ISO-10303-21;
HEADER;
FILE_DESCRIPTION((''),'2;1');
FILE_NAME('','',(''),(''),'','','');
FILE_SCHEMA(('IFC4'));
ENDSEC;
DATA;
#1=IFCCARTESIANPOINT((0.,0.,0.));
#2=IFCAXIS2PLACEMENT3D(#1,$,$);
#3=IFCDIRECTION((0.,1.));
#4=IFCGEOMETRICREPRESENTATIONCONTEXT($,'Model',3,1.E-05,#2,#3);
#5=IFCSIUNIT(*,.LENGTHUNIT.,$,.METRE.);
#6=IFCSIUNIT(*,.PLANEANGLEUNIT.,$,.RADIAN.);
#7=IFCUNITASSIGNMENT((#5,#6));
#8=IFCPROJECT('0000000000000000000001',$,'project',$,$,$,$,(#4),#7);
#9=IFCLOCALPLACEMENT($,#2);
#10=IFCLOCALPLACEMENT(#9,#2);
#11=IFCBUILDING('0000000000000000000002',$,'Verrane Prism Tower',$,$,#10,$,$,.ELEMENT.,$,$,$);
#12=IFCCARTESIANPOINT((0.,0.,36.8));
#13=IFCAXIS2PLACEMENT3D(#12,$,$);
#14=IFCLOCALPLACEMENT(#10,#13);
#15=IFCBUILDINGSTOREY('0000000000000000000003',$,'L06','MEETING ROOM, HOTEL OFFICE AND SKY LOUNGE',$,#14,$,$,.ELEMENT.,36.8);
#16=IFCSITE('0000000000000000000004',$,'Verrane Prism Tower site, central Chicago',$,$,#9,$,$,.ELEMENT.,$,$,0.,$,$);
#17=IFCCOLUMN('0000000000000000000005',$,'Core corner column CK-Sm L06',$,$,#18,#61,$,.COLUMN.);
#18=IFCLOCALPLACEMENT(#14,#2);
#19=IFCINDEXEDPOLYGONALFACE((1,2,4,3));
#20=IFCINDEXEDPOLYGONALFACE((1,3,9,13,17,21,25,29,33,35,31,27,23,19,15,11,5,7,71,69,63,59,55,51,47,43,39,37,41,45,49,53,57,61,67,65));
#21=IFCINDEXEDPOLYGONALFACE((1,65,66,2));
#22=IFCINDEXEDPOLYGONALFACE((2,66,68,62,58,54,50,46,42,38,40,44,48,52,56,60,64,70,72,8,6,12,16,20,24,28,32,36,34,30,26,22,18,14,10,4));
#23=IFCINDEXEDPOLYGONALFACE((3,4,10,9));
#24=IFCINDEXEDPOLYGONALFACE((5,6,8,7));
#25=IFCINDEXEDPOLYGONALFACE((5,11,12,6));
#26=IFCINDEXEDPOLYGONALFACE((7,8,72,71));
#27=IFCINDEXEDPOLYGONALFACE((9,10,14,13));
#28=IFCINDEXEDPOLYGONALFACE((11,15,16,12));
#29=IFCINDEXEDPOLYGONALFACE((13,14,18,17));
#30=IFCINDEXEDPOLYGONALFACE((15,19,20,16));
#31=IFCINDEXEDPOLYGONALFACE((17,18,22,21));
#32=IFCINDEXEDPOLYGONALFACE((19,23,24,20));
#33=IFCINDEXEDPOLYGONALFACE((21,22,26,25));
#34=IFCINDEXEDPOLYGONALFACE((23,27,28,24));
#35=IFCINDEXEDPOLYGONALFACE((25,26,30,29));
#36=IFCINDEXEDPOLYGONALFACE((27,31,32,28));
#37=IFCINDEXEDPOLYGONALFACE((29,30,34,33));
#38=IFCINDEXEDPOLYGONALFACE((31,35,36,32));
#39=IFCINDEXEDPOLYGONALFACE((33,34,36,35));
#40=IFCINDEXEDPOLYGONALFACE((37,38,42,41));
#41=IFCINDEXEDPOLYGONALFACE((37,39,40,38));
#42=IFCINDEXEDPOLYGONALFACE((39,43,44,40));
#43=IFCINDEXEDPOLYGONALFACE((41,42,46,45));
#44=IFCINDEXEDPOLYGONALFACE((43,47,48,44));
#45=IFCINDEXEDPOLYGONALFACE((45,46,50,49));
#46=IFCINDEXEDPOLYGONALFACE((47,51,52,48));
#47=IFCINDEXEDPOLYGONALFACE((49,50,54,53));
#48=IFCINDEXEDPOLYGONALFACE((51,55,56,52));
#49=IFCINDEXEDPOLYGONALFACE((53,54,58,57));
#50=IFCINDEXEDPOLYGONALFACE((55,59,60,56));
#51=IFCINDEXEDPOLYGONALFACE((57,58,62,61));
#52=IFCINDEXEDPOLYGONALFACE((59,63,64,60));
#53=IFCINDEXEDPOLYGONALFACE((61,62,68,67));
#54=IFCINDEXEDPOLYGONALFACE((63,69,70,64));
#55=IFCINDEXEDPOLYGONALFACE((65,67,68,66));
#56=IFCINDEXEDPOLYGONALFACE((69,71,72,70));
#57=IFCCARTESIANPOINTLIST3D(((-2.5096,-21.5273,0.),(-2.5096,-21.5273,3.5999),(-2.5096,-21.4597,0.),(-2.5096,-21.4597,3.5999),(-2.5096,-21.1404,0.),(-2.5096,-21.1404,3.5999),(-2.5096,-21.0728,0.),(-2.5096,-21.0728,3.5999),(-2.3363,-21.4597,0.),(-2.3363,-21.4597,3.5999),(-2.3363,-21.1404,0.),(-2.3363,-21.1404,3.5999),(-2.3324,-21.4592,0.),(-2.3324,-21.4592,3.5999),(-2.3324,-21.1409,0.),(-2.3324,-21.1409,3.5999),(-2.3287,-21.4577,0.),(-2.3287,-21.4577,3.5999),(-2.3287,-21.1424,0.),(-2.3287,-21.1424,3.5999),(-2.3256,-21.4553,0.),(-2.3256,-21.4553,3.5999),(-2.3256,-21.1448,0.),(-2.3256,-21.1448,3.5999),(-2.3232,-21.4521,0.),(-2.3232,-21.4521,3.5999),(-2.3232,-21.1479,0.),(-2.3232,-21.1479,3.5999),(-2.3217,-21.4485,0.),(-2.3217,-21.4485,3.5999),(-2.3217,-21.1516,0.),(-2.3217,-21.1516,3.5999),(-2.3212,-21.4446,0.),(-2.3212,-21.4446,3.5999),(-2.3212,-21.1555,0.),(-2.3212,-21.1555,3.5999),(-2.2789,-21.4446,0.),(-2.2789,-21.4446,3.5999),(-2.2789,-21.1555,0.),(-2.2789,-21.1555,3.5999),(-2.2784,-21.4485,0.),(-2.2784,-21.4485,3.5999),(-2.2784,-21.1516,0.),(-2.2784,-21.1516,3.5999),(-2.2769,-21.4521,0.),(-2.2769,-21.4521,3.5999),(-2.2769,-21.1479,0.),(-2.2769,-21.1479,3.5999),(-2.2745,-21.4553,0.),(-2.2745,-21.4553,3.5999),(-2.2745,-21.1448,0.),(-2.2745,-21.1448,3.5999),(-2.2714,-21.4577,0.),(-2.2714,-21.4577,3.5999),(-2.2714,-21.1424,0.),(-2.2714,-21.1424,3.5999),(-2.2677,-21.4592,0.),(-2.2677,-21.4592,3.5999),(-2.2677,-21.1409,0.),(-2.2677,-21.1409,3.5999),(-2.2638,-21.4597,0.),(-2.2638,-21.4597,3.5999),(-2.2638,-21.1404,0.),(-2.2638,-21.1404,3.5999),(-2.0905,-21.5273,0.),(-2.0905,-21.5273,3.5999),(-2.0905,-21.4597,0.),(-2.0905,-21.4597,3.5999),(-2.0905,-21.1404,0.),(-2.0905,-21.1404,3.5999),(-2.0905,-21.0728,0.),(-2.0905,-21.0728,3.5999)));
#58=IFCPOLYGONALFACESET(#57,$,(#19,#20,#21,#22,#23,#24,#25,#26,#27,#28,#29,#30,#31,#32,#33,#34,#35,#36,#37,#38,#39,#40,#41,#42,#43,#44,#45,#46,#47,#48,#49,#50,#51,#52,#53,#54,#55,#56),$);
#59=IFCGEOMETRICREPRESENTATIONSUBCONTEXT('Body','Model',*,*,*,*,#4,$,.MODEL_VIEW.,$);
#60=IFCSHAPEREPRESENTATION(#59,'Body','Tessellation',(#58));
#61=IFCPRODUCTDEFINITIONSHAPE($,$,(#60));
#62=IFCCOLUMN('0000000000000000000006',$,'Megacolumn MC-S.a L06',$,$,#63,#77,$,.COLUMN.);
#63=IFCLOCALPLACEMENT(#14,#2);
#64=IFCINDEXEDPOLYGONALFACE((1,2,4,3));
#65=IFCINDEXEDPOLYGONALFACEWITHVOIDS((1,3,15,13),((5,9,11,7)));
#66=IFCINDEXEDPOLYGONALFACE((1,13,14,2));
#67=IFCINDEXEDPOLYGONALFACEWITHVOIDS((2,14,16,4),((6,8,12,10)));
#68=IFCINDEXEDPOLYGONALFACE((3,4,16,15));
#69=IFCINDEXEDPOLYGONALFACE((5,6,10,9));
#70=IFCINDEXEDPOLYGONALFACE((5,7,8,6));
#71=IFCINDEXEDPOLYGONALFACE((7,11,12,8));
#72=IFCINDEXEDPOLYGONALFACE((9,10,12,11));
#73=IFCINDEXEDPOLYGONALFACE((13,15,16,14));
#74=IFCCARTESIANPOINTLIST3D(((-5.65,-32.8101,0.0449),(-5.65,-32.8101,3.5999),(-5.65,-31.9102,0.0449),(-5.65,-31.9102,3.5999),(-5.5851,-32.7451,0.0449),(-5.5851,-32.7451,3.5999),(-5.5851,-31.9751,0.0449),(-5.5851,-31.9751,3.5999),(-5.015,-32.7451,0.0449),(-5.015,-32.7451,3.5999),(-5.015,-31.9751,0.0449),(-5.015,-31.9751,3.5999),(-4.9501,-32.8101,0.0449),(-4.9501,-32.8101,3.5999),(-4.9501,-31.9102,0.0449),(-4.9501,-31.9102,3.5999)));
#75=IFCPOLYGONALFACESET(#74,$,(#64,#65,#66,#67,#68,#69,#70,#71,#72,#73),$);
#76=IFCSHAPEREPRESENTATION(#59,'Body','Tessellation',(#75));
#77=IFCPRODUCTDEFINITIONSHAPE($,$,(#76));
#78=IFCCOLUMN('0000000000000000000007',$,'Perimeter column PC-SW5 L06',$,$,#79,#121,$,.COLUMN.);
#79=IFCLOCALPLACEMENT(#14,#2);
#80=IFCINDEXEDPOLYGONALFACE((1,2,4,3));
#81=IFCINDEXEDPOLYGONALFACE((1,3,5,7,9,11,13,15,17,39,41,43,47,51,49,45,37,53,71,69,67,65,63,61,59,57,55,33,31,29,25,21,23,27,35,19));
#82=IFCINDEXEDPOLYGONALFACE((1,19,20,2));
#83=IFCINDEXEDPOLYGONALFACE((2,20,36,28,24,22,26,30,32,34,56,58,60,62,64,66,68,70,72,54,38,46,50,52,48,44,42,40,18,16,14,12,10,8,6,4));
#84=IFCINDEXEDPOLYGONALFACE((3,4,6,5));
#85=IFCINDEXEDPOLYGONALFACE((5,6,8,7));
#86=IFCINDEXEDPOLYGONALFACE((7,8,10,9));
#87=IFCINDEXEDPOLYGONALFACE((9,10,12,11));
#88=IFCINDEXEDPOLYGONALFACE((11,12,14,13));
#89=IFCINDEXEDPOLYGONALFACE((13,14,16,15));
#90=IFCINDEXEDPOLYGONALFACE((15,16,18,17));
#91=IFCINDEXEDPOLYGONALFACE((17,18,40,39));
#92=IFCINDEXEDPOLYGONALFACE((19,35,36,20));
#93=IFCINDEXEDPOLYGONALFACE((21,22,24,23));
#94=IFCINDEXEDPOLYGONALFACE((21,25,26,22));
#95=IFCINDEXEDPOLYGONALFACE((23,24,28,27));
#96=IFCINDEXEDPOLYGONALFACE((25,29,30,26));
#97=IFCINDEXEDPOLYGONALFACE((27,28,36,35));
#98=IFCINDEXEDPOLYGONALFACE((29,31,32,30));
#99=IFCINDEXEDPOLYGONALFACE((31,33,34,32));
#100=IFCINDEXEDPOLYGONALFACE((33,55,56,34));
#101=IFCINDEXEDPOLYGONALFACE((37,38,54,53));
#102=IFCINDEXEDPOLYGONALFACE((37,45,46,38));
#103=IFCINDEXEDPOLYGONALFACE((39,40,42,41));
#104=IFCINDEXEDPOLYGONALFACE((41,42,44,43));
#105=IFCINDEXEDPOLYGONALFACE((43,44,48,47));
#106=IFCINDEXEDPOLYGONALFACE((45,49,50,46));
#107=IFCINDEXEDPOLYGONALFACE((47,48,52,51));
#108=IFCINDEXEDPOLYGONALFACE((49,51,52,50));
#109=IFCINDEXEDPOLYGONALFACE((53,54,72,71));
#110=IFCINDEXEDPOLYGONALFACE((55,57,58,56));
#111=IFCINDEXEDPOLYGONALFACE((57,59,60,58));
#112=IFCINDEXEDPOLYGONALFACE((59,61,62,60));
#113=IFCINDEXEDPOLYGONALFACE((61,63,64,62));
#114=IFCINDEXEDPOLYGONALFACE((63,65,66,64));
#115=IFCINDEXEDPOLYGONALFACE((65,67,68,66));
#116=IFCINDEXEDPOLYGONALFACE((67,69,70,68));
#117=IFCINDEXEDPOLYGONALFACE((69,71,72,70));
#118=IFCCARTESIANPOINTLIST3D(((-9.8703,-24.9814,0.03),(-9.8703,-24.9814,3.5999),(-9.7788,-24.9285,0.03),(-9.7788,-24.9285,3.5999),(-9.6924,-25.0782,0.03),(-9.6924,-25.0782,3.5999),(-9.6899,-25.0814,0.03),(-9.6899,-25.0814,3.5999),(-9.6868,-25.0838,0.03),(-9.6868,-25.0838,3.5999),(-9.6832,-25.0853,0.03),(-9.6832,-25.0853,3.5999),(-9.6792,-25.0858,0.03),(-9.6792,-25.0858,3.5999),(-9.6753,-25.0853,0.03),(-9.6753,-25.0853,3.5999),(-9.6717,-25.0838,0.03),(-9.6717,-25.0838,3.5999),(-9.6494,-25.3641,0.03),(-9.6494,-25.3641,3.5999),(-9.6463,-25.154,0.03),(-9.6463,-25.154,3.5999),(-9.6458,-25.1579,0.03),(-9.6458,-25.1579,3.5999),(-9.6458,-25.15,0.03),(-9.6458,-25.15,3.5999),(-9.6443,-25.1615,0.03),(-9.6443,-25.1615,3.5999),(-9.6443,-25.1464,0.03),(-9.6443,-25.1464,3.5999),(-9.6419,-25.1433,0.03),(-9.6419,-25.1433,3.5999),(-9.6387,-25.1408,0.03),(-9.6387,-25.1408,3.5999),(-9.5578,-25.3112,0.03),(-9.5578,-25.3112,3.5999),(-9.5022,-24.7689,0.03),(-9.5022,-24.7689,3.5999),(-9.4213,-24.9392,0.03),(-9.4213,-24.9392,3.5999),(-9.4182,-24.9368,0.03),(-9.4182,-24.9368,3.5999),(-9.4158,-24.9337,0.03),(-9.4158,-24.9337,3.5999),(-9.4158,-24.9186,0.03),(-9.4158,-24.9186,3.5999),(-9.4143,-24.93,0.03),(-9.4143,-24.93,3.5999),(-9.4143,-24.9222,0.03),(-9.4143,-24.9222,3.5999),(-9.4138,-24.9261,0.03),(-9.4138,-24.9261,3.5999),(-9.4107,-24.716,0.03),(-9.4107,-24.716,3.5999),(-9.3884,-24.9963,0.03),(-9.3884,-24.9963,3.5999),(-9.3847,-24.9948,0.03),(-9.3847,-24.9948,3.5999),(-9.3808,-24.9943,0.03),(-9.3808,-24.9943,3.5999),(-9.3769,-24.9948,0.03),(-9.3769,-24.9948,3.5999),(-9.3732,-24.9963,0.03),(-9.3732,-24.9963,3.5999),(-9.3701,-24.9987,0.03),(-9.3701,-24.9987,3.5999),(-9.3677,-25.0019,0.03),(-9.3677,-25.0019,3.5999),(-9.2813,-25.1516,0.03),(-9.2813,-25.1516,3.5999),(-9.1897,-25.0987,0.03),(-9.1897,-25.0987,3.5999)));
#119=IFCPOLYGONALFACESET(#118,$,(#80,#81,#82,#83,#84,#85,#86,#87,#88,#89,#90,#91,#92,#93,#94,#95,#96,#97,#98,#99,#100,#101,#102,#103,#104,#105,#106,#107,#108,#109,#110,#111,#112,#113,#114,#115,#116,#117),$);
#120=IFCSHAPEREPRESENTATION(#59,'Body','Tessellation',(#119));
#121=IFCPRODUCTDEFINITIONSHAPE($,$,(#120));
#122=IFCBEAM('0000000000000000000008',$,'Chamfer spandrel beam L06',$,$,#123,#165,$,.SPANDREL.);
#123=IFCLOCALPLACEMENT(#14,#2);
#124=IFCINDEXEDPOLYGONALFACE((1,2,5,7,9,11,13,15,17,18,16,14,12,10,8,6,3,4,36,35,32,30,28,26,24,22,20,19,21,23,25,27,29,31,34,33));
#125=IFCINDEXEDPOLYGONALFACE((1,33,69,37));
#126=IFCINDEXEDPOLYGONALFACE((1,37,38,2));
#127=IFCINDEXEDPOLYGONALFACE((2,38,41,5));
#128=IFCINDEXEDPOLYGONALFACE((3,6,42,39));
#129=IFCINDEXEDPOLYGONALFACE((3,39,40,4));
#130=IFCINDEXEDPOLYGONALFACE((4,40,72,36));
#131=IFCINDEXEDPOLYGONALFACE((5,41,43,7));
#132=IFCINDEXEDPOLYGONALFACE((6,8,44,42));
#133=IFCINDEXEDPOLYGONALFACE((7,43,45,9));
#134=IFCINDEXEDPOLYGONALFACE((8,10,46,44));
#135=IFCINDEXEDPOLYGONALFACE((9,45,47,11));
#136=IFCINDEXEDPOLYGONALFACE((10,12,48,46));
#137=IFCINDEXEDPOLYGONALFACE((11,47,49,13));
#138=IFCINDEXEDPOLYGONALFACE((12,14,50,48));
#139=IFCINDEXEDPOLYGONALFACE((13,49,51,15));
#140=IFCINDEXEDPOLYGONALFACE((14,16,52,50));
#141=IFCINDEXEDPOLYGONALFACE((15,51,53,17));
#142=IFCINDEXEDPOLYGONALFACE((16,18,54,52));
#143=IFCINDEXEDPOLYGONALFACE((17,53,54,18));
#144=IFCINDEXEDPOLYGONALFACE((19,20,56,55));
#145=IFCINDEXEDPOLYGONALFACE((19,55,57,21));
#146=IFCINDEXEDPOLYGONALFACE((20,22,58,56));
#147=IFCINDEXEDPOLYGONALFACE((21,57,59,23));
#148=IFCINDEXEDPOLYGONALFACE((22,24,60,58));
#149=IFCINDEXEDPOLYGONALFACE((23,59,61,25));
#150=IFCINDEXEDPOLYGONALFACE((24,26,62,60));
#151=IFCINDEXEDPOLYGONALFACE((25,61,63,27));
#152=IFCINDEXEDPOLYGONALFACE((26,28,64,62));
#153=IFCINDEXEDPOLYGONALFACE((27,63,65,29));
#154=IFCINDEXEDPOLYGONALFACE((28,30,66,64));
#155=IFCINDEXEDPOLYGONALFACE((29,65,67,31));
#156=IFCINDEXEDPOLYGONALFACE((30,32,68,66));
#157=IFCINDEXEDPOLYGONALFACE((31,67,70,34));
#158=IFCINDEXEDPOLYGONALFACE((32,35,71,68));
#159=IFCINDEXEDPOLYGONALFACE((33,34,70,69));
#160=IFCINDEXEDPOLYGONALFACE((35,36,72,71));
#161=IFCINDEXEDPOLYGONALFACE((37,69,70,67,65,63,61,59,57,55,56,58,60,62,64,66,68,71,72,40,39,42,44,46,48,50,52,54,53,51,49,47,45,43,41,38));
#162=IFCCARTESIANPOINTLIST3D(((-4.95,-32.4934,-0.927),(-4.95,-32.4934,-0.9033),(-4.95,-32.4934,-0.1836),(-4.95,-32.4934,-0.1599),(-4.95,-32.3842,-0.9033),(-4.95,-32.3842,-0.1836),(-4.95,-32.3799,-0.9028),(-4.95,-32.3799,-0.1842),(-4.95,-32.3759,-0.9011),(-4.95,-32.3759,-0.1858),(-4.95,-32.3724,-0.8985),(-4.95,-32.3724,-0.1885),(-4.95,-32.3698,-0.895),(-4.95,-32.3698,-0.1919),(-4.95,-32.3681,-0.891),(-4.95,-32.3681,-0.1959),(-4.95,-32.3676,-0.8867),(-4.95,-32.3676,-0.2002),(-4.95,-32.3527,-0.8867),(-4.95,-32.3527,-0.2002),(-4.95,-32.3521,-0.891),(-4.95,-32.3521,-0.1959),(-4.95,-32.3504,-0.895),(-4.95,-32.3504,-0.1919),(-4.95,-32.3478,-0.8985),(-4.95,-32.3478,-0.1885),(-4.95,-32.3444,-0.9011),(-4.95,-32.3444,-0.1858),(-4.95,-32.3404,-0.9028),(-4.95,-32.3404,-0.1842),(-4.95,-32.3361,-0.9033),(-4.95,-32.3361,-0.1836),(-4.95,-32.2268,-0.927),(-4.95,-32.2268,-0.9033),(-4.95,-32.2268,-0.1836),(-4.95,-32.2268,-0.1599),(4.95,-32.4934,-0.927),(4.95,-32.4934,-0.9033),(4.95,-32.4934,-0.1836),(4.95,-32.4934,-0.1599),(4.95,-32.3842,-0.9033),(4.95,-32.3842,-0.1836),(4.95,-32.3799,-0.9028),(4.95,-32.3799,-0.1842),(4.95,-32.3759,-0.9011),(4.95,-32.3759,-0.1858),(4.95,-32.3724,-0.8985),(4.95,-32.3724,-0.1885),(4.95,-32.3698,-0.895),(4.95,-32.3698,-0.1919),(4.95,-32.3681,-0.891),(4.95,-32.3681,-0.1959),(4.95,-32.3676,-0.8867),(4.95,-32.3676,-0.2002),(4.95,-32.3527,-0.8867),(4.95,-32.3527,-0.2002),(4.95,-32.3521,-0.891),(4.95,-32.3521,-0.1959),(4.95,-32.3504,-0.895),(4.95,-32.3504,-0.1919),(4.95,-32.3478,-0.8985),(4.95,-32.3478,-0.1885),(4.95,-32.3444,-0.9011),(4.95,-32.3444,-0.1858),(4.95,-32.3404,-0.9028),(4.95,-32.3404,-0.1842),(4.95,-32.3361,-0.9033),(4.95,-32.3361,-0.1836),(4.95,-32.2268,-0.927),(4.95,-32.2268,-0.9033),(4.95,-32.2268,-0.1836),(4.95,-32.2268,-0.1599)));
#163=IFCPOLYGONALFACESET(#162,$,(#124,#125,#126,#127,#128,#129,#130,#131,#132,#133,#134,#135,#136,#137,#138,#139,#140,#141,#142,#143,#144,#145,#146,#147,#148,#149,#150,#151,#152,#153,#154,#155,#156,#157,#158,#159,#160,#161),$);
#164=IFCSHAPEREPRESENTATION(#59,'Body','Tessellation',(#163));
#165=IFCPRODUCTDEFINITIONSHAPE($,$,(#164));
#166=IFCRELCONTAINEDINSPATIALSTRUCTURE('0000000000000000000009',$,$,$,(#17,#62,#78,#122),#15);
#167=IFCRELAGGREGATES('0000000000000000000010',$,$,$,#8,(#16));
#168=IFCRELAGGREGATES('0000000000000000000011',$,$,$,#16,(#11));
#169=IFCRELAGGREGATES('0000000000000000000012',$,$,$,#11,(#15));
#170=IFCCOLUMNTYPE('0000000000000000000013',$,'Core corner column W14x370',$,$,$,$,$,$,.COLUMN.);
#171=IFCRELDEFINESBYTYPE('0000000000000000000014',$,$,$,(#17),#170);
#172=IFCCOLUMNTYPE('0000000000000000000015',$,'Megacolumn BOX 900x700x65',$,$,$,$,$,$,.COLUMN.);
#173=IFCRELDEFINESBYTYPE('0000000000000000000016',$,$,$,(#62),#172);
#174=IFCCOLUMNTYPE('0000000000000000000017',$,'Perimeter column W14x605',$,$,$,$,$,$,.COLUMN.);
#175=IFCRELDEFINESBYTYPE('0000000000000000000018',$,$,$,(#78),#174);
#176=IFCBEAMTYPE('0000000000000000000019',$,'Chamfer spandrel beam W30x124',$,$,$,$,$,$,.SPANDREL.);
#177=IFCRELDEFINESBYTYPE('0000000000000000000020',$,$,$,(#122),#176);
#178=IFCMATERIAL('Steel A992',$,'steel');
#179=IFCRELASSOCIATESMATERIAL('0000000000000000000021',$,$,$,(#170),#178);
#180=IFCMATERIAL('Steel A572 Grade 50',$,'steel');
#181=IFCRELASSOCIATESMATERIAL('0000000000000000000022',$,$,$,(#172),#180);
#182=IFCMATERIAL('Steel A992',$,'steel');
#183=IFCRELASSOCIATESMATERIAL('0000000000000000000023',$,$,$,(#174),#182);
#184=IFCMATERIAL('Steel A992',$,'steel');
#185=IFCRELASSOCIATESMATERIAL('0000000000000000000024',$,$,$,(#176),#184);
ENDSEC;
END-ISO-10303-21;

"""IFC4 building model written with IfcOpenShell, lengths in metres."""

from ifc_helpers import new_model, si_unit, direction, frame, origin, origin_2d, place, context, subcontext, project, spatial, hollow_rectangle, i_section, extrude, material, material_profile, profile_set, type_object, element, save


model = new_model("IFC4")

# Units and contexts
model_context = context("Model", 3, precision=1e-05, world=origin(), true_north=direction((0.0, 1.0)))
body_context = subcontext(model_context, "Body", "Model", "MODEL_VIEW")
ifc_project = project(units=[si_unit("LENGTHUNIT", "METRE"), si_unit("PLANEANGLEUNIT", "RADIAN")], contexts=[model_context])

# Site, building, storey
site_placement = place(None, origin())
site = spatial("IfcSite", under=ifc_project, at=site_placement, Name="Verrane Prism Tower site, central Chicago", CompositionType="ELEMENT", RefElevation=0.0)
building_placement = place(site_placement, origin())
building = spatial("IfcBuilding", under=site, at=building_placement, Name="Verrane Prism Tower", CompositionType="ELEMENT")
storey_placement = place(building_placement, frame((0.0, 0.0, 36.8)))
storey = spatial("IfcBuildingStorey", under=building, at=storey_placement, Name="L06", Description="MEETING ROOM, HOTEL OFFICE AND SKY LOUNGE", CompositionType="ELEMENT", Elevation=36.8)

# Columns
ifc_material_1 = material(Name="Steel A992", Category="steel")
ifc_material_profile_1 = material_profile(ifc_material_1, i_section(OverallWidth=0.4192, OverallDepth=0.4546, WebThickness=0.0422, FlangeThickness=0.0676, FilletRadius=0.0151, at=origin_2d()), Name="W14x370")
ifc_profile_set_1 = profile_set([ifc_material_profile_1], Name="Steel A992")
column_type_1 = type_object("IfcColumnType", Name="Core corner column W14x370", PredefinedType="COLUMN", material=ifc_profile_set_1)
column_1_placement = place(storey_placement, frame((-2.3, -21.3, 0.0), z_axis=(0.0, 0.0, 1.0), x_axis=(-1.0, 0.0, 0.0)))
element("IfcColumn", 1, at=column_1_placement, inside=storey, type_object=column_type_1, Name="Core corner column CK-Sm L06", PredefinedType="COLUMN", context=body_context, shape_type="SweptSolid", body=[
    extrude(i_section(OverallWidth=0.4192, OverallDepth=0.4546, WebThickness=0.0422, FlangeThickness=0.0676, FilletRadius=0.0151, at=origin_2d()), origin(), (0.0, 0.0, 1.0), 3.5999),
])
ifc_material_2 = material(Name="Steel A572 Grade 50", Category="steel")
ifc_material_profile_2 = material_profile(ifc_material_2, hollow_rectangle(XDim=0.7, YDim=0.8999, WallThickness=0.0649, at=origin_2d()), Name="BOX 900x700x65")
ifc_profile_set_2 = profile_set([ifc_material_profile_2], Name="Steel A572 Grade 50")
column_type_2 = type_object("IfcColumnType", Name="Megacolumn BOX 900x700x65", PredefinedType="COLUMN", material=ifc_profile_set_2)
column_2_placement = place(storey_placement, frame((-5.3, -32.3601, 0.0449), z_axis=(0.0, 0.0, 1.0), x_axis=(-1.0, 0.0, 0.0)))
element("IfcColumn", 2, at=column_2_placement, inside=storey, type_object=column_type_2, Name="Megacolumn MC-S.a L06", PredefinedType="COLUMN", context=body_context, shape_type="SweptSolid", body=[
    extrude(hollow_rectangle(XDim=0.7, YDim=0.8999, WallThickness=0.0649, at=origin_2d()), origin(), (0.0, 0.0, 1.0), 3.5549),
])
ifc_material_3 = material(Name="Steel A992", Category="steel")
ifc_material_profile_3 = material_profile(ifc_material_3, i_section(OverallWidth=0.4419, OverallDepth=0.5308, WebThickness=0.0659, FlangeThickness=0.1057, FilletRadius=0.0151, at=origin_2d()), Name="W14x605")
ifc_profile_set_3 = profile_set([ifc_material_profile_3], Name="Steel A992")
column_type_3 = type_object("IfcColumnType", Name="Perimeter column W14x605", PredefinedType="COLUMN", material=ifc_profile_set_3)
column_3_placement = place(storey_placement, frame((-9.53, -25.04, 0.03), z_axis=(0.0, 0.0, 1.0), x_axis=(-0.5, 0.866025, 0.0)))
element("IfcColumn", 3, at=column_3_placement, inside=storey, type_object=column_type_3, Name="Perimeter column PC-SW5 L06", PredefinedType="COLUMN", context=body_context, shape_type="SweptSolid", body=[
    extrude(i_section(OverallWidth=0.4419, OverallDepth=0.5308, WebThickness=0.0659, FlangeThickness=0.1057, FilletRadius=0.0151, at=origin_2d()), origin(), (0.0, 0.0, 1.0), 3.5698),
])

# Beam
ifc_material_4 = material(Name="Steel A992", Category="steel")
ifc_material_profile_4 = material_profile(ifc_material_4, i_section(OverallWidth=0.2666, OverallDepth=0.7671, WebThickness=0.0149, FlangeThickness=0.0237, FilletRadius=0.0166, at=origin_2d()), Name="W30x124")
ifc_profile_set_4 = profile_set([ifc_material_profile_4], Name="Steel A992")
beam_type_1 = type_object("IfcBeamType", Name="Chamfer spandrel beam W30x124", PredefinedType="SPANDREL", material=ifc_profile_set_4)
beam_1_placement = place(storey_placement, frame((-4.95, -32.3601, -0.5435), z_axis=(1.0, 0.0, 0.0), x_axis=(0.0, 1.0, 0.0)))
element("IfcBeam", 4, at=beam_1_placement, inside=storey, type_object=beam_type_1, Name="Chamfer spandrel beam L06", PredefinedType="SPANDREL", context=body_context, shape_type="SweptSolid", body=[
    extrude(i_section(OverallWidth=0.2666, OverallDepth=0.7671, WebThickness=0.0149, FlangeThickness=0.0237, FilletRadius=0.0166, at=origin_2d()), origin(), (0.0, 0.0, 1.0), 9.8999),
])

save(model, "model.ifc")
